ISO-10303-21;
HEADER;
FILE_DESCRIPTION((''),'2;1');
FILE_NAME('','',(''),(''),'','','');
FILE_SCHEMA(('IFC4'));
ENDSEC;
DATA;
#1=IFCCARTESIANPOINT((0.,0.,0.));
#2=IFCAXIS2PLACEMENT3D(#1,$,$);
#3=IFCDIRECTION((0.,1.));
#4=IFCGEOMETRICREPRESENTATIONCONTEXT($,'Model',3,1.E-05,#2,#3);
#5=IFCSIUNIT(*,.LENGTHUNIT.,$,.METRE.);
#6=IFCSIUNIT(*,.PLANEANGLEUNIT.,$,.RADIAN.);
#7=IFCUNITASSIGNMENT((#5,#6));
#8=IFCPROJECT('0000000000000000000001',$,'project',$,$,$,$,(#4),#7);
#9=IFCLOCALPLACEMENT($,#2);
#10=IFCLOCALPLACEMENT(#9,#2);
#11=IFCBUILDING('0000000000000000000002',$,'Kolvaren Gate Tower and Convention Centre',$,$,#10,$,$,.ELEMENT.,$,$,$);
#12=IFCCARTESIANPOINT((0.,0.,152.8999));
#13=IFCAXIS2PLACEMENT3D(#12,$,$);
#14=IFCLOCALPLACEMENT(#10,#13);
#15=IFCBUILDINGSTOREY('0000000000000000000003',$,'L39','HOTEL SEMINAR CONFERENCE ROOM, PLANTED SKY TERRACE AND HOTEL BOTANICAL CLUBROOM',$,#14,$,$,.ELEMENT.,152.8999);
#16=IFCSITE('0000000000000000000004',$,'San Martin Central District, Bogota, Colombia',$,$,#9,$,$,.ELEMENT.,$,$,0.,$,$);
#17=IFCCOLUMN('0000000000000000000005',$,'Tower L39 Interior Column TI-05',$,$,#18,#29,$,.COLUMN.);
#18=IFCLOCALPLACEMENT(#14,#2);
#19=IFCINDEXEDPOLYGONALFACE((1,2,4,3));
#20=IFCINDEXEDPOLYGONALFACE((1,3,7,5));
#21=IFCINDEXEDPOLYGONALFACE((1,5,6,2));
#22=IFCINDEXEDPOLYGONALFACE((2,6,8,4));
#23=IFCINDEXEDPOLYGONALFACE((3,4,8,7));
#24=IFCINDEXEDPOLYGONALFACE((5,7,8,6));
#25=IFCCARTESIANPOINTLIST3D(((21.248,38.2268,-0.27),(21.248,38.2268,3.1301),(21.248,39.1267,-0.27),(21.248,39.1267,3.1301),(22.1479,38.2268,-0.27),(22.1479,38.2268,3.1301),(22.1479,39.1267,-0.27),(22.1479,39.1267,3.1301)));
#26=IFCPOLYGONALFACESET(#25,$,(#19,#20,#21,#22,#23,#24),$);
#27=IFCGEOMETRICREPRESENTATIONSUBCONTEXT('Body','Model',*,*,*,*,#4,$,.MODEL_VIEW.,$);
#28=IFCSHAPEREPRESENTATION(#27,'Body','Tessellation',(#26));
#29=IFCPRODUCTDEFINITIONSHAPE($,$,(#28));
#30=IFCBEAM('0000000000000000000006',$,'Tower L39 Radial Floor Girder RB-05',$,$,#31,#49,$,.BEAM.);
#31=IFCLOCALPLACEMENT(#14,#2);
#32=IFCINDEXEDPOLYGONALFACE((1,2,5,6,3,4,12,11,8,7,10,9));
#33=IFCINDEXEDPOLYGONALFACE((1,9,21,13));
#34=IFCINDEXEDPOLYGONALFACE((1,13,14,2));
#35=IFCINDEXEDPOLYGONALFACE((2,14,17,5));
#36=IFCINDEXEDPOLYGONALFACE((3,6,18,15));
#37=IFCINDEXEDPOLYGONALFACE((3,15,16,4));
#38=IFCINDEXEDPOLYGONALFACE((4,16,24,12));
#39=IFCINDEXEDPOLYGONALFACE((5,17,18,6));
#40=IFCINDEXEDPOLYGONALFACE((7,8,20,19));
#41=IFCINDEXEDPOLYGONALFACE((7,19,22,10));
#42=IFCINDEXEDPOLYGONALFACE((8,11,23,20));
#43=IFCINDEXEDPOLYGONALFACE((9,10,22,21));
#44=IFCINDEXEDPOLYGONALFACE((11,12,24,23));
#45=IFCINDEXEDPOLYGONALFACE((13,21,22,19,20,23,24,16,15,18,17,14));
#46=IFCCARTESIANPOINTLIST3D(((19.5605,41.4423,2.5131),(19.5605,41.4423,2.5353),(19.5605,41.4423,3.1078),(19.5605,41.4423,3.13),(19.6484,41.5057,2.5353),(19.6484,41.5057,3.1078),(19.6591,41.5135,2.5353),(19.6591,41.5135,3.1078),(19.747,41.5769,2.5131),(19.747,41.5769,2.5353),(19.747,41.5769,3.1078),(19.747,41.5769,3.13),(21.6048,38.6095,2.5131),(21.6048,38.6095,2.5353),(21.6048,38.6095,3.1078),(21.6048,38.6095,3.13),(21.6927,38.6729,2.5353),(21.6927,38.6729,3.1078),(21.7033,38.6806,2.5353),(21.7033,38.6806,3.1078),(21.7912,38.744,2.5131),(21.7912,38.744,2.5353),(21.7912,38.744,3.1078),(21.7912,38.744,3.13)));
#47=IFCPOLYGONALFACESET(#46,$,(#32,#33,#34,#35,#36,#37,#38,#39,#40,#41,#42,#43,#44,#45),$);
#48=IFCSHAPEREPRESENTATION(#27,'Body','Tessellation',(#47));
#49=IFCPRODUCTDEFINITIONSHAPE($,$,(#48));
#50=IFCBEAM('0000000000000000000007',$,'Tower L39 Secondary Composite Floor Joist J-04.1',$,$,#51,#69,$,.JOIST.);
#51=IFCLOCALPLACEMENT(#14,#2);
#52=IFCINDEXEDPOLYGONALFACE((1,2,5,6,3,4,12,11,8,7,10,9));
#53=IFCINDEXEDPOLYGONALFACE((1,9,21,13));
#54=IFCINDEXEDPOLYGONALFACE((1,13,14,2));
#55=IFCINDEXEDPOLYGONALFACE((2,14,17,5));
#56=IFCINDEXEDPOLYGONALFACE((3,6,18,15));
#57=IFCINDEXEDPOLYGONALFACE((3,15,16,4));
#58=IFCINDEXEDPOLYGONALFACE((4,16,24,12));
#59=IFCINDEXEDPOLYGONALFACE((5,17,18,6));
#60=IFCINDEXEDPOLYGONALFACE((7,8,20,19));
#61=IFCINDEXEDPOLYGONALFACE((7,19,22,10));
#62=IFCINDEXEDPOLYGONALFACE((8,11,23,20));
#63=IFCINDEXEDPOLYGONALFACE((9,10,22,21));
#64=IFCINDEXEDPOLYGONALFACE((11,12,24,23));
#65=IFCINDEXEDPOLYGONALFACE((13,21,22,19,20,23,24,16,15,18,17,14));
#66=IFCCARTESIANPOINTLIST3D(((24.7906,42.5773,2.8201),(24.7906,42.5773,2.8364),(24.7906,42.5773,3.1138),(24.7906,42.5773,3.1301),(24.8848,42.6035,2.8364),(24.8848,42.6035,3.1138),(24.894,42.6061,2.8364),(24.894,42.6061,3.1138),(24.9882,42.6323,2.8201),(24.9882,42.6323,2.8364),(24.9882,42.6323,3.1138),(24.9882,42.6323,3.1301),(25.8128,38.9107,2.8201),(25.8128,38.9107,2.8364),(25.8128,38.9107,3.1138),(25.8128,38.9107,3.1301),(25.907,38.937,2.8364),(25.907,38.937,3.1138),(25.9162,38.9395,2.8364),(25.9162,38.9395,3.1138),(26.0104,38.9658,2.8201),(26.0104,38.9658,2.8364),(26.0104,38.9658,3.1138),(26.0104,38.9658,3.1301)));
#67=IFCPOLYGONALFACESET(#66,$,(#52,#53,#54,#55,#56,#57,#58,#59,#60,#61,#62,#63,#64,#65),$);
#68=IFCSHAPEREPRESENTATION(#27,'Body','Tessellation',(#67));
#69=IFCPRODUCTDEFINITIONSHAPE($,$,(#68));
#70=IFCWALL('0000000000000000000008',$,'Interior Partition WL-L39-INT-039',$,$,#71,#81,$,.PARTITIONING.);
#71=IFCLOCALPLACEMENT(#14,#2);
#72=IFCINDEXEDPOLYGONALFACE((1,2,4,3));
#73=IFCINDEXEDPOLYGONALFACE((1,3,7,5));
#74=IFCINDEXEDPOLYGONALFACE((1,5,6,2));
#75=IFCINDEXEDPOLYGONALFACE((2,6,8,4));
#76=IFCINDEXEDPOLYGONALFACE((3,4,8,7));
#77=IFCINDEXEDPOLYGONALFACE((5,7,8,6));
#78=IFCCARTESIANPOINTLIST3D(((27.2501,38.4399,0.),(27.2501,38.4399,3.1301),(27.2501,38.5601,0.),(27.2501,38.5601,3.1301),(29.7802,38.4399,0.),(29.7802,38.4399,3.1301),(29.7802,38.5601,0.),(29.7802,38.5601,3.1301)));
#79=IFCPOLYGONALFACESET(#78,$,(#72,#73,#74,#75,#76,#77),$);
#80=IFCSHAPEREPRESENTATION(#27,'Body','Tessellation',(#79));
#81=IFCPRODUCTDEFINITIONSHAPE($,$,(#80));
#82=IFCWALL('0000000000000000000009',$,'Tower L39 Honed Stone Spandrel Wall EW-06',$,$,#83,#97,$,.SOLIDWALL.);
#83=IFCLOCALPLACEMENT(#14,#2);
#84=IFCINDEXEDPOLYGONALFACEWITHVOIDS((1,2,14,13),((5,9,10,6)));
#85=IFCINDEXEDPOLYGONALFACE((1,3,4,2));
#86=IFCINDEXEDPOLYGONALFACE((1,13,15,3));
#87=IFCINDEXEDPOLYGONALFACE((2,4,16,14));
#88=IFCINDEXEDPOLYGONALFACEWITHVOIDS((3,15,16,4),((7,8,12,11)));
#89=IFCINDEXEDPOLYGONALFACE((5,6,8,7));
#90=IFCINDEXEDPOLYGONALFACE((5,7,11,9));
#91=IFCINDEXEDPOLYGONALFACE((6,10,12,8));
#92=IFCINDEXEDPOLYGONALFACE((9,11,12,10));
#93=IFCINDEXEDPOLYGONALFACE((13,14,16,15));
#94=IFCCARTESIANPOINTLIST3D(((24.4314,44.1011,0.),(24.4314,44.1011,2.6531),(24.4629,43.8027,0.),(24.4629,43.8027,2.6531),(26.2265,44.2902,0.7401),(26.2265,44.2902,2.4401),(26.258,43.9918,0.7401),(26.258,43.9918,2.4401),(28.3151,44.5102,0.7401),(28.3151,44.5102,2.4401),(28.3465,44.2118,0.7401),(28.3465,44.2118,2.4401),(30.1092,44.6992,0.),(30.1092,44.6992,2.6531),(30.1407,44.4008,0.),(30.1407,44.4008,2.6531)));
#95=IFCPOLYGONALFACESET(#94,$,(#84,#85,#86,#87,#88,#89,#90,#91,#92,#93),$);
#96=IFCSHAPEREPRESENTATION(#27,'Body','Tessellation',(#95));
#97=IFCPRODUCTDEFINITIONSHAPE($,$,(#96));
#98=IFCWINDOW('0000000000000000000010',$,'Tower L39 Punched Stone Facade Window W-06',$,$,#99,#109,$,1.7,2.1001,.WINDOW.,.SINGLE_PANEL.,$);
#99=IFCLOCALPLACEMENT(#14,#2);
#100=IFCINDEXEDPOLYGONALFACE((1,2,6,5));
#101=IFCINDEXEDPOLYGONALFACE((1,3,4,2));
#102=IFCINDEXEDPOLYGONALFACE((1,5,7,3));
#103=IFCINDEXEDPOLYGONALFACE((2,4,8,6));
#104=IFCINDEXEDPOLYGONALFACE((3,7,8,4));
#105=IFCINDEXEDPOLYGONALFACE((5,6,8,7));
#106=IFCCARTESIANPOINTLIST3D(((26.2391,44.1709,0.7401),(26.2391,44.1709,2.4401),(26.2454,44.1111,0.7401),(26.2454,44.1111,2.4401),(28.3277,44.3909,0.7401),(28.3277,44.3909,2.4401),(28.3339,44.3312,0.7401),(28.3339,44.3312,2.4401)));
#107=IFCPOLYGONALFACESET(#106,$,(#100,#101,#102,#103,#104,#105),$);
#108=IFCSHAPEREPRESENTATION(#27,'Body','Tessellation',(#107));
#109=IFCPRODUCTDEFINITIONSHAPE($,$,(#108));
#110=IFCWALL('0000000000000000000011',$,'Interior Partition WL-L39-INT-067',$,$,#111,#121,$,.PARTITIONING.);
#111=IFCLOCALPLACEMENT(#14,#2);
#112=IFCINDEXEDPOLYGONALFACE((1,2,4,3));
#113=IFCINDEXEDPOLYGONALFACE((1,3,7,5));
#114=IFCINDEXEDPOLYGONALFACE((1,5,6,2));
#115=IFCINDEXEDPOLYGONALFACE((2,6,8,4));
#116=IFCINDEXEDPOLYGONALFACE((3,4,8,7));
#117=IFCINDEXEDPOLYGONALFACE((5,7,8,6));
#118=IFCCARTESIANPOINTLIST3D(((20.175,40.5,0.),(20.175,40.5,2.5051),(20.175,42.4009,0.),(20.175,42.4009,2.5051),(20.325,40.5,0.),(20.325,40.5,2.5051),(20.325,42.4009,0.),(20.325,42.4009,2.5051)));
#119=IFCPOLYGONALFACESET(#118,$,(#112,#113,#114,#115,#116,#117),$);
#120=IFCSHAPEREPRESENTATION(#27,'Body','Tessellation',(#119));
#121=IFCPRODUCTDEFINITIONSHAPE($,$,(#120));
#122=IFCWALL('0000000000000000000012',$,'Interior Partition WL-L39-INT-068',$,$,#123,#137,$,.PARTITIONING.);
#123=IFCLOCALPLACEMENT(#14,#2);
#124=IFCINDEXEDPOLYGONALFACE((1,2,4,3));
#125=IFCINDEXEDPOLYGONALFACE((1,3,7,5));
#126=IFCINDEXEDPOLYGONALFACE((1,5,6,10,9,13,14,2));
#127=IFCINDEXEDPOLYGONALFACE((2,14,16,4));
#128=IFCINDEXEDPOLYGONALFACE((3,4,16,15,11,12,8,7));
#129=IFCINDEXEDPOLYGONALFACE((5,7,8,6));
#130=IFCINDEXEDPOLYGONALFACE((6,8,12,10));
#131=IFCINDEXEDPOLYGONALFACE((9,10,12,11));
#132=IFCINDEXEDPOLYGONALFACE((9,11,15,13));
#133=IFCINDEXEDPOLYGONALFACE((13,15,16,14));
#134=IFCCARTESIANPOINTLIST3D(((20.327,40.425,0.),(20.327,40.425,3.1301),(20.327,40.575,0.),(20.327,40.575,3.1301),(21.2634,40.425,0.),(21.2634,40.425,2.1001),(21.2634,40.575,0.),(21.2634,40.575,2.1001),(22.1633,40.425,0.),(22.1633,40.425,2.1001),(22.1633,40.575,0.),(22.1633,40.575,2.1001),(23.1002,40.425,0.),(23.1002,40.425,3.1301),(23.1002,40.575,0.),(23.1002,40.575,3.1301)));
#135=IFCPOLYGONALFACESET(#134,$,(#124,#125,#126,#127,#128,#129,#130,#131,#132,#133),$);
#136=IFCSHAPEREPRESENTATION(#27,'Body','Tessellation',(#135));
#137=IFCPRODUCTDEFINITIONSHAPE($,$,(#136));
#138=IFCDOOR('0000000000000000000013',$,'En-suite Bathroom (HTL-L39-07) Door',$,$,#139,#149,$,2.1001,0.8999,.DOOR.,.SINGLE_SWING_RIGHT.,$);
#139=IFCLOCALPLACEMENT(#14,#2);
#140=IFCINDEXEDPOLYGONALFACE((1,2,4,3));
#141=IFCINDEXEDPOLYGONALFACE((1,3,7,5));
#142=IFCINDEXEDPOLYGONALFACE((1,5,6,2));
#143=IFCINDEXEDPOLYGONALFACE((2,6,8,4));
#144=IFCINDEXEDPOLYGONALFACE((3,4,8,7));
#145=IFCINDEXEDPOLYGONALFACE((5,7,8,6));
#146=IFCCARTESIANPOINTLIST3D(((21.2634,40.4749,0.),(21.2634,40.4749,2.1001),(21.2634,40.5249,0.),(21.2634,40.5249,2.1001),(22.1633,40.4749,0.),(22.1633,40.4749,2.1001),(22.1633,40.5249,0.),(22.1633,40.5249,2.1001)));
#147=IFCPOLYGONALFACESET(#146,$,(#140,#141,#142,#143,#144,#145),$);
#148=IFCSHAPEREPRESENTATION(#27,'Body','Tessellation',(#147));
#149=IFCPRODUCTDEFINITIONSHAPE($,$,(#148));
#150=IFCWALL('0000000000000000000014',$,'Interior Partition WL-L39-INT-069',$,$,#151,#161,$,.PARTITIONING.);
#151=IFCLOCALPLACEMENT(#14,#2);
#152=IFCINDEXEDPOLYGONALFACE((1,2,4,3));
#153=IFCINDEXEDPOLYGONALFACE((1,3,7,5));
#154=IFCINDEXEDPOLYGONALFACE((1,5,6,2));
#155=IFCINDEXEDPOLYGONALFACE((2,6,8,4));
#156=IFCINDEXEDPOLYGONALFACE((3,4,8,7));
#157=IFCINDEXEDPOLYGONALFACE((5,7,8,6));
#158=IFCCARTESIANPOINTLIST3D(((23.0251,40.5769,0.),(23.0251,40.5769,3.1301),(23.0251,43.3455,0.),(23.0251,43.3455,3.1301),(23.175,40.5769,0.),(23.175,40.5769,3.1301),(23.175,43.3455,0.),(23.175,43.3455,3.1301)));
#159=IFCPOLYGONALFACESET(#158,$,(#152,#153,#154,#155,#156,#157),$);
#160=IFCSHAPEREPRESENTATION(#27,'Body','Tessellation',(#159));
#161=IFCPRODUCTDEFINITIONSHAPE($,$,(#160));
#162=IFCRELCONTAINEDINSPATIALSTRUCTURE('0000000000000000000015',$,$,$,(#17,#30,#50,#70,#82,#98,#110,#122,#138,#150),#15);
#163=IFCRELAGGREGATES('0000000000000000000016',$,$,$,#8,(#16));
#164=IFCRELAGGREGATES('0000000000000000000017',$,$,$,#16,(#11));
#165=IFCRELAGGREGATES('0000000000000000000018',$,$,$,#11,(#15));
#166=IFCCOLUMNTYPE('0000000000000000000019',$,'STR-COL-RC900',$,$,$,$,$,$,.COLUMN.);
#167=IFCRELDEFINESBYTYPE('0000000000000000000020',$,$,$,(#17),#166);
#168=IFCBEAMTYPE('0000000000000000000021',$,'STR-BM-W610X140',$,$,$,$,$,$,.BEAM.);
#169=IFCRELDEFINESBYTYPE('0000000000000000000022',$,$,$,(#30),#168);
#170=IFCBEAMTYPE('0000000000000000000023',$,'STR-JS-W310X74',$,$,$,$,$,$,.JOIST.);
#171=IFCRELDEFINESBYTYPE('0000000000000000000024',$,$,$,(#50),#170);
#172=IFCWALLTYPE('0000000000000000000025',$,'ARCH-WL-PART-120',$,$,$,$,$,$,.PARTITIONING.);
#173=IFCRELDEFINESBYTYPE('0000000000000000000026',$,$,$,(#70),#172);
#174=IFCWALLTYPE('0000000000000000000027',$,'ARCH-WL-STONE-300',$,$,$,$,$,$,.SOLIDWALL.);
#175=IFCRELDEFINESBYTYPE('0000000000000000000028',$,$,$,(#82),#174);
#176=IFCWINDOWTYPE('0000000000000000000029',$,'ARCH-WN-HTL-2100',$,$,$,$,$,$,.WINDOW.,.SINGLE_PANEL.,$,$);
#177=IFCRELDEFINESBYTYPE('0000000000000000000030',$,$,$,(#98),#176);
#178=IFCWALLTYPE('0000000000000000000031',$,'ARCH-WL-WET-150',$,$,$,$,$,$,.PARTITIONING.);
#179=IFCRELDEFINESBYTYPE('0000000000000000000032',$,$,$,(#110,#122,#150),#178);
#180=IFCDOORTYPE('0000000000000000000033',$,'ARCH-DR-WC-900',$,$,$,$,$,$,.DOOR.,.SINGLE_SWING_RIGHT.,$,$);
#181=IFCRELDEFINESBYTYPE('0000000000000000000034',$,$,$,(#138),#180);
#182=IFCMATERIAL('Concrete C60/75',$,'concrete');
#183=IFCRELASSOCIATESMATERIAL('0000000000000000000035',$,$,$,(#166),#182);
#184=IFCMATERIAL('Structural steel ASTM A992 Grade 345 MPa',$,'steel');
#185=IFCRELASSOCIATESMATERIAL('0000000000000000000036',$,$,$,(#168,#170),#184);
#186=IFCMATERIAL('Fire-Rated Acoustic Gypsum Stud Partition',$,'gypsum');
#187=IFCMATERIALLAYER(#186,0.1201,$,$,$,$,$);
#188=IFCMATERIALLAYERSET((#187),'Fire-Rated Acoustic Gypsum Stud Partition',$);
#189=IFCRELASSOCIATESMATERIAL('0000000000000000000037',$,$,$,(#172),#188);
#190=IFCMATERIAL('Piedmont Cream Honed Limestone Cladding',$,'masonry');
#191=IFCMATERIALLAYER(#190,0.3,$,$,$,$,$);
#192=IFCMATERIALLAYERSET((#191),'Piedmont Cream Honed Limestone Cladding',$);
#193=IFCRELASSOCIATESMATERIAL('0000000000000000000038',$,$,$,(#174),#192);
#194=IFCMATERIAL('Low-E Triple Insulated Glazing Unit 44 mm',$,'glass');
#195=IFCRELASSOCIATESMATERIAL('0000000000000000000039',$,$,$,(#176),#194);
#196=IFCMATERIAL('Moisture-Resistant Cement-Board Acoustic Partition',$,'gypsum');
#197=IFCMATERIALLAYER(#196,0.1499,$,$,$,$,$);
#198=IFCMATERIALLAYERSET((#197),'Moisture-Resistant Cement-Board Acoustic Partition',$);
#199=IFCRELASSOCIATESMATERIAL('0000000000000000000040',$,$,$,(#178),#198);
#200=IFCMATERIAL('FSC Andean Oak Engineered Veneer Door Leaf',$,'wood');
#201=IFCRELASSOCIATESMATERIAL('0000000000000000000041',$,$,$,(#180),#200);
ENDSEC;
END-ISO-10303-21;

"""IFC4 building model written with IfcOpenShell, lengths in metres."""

from ifc_helpers import new_model, si_unit, direction, frame, frame_2d, origin, origin_2d, place, context, subcontext, project, spatial, rectangle, i_section, extrude, material, layer, layer_set, material_profile, profile_set, type_object, element, fill, save


model = new_model("IFC4")

# Units and contexts
model_context = context("Model", 3, precision=1e-05, world=origin(), true_north=direction((0.0, 1.0)))
body_context = subcontext(model_context, "Body", "Model", "MODEL_VIEW")
ifc_project = project(units=[si_unit("LENGTHUNIT", "METRE"), si_unit("PLANEANGLEUNIT", "RADIAN")], contexts=[model_context])

# Site, building, storey
site_placement = place(None, origin())
site = spatial("IfcSite", under=ifc_project, at=site_placement, Name="San Martin Central District, Bogota, Colombia", CompositionType="ELEMENT", RefElevation=0.0)
building_placement = place(site_placement, origin())
building = spatial("IfcBuilding", under=site, at=building_placement, Name="Kolvaren Gate Tower and Convention Centre", CompositionType="ELEMENT")
storey_placement = place(building_placement, frame((0.0, 0.0, 152.8999)))
storey = spatial("IfcBuildingStorey", under=building, at=storey_placement, Name="L39", Description="HOTEL SEMINAR CONFERENCE ROOM, PLANTED SKY TERRACE AND HOTEL BOTANICAL CLUBROOM", CompositionType="ELEMENT", Elevation=152.8999)

# Column
ifc_material_1 = material(Name="Concrete C60/75", Category="concrete")
ifc_material_profile_1 = material_profile(ifc_material_1, rectangle(XDim=0.8999, YDim=0.8999, at=origin_2d()), Name="RC-COL-900X900")
ifc_profile_set_1 = profile_set([ifc_material_profile_1], Name="Concrete C60/75")
column_type = type_object("IfcColumnType", Name="STR-COL-RC900", PredefinedType="COLUMN", material=ifc_profile_set_1)
column_placement = place(storey_placement, frame((21.698, 38.6768, -0.27), z_axis=(0.0, 0.0, 1.0), x_axis=(1.0, 0.0, 0.0)))
element("IfcColumn", 1, at=column_placement, inside=storey, type_object=column_type, Name="Tower L39 Interior Column TI-05", PredefinedType="COLUMN", context=body_context, shape_type="SweptSolid", body=[
    extrude(rectangle(XDim=0.8999, YDim=0.8999, at=origin_2d()), origin(), (0.0, 0.0, 1.0), 3.4001),
])

# Beams
ifc_material_2 = material(Name="Structural steel ASTM A992 Grade 345 MPa", Category="steel")
ifc_material_profile_2 = material_profile(ifc_material_2, i_section(OverallWidth=0.23, OverallDepth=0.6169, WebThickness=0.0132, FlangeThickness=0.0222, at=origin_2d()), Name="W610X140")
ifc_profile_set_2 = profile_set([ifc_material_profile_2], Name="Structural steel ASTM A992 Grade 345 MPa")
beam_type_1 = type_object("IfcBeamType", Name="STR-BM-W610X140", PredefinedType="BEAM", material=ifc_profile_set_2)
beam_1_placement = place(storey_placement, frame((21.698, 38.6768, 2.8215), z_axis=(-0.585172, 0.81091, 0.0), x_axis=(-0.81091, -0.585172, 0.0)))
element("IfcBeam", 2, at=beam_1_placement, inside=storey, type_object=beam_type_1, Name="Tower L39 Radial Floor Girder RB-05", PredefinedType="BEAM", context=body_context, shape_type="SweptSolid", body=[
    extrude(i_section(OverallWidth=0.23, OverallDepth=0.6169, WebThickness=0.0132, FlangeThickness=0.0222, at=origin_2d()), origin(), (0.0, 0.0, 1.0), 3.4934),
])
ifc_material_profile_3 = material_profile(ifc_material_2, i_section(OverallWidth=0.2051, OverallDepth=0.3101, WebThickness=0.0095, FlangeThickness=0.0164, at=origin_2d()), Name="W310X74")
ifc_profile_set_3 = profile_set([ifc_material_profile_3], Name="Structural steel ASTM A992 Grade 345 MPa")
beam_type_2 = type_object("IfcBeamType", Name="STR-JS-W310X74", PredefinedType="JOIST", material=ifc_profile_set_3)
beam_2_placement = place(storey_placement, frame((25.9116, 38.9382, 2.9751), z_axis=(-0.268557, 0.963264, 0.0), x_axis=(-0.963264, -0.268557, 0.0)))
element("IfcBeam", 3, at=beam_2_placement, inside=storey, type_object=beam_type_2, Name="Tower L39 Secondary Composite Floor Joist J-04.1", PredefinedType="JOIST", context=body_context, shape_type="SweptSolid", body=[
    extrude(i_section(OverallWidth=0.2051, OverallDepth=0.3101, WebThickness=0.0095, FlangeThickness=0.0164, at=origin_2d()), origin(), (0.0, 0.0, 1.0), 3.8064),
])

# Wall
ifc_material_3 = material(Name="Fire-Rated Acoustic Gypsum Stud Partition", Category="gypsum")
ifc_layer_1 = layer(ifc_material_3, 0.1201)
ifc_layer_set_1 = layer_set([ifc_layer_1], Name="Fire-Rated Acoustic Gypsum Stud Partition")
wall_type_1 = type_object("IfcWallType", Name="ARCH-WL-PART-120", PredefinedType="PARTITIONING", material=ifc_layer_set_1)
wall_1_placement = place(storey_placement, frame((27.25, 38.5, 0.0), z_axis=(0.0, 0.0, 1.0), x_axis=(1.0, 0.0, 0.0)))
element("IfcWall", 4, at=wall_1_placement, inside=storey, type_object=wall_type_1, Name="Interior Partition WL-L39-INT-039", PredefinedType="PARTITIONING", context=body_context, shape_type="SweptSolid", body=[
    extrude(rectangle(XDim=2.53, YDim=0.1201, at=frame_2d((1.2651, 0.0))), origin(), (0.0, 0.0, 1.0), 3.1301),
])

# Wall, opening, window
ifc_material_4 = material(Name="Piedmont Cream Honed Limestone Cladding", Category="masonry")
ifc_layer_2 = layer(ifc_material_4, 0.3)
ifc_layer_set_2 = layer_set([ifc_layer_2], Name="Piedmont Cream Honed Limestone Cladding")
wall_type_2 = type_object("IfcWallType", Name="ARCH-WL-STONE-300", PredefinedType="SOLIDWALL", material=ifc_layer_set_2)
wall_2_placement = place(storey_placement, frame((24.4473, 43.9519, 0.0), z_axis=(0.0, 0.0, 1.0), x_axis=(0.994497, 0.104769, 0.0)))
wall_2 = element("IfcWall", 5, at=wall_2_placement, inside=storey, type_object=wall_type_2, Name="Tower L39 Honed Stone Spandrel Wall EW-06", PredefinedType="SOLIDWALL", context=body_context, shape_type="SweptSolid", body=[
    extrude(rectangle(XDim=5.7092, YDim=0.3, at=frame_2d((2.8545, 0.0))), origin(), (0.0, 0.0, 1.0), 2.6531),
])
opening_1_placement = place(wall_2_placement, frame((1.8049, 0.0, 0.74)))
opening_1 = element("IfcOpeningElement", 6, at=opening_1_placement, cuts=wall_2, PredefinedType="OPENING", context=body_context, shape_type="SweptSolid", body=[
    extrude(rectangle(XDim=2.1001, YDim=1.7, at=frame_2d((1.05, 0.8501))), frame((0.0, 0.1599, 0.0), z_axis=(0.0, -1.0, 0.0), x_axis=(1.0, 0.0, 0.0)), (0.0, 0.0, 1.0), 0.3201),
])
ifc_material_5 = material(Name="Low-E Triple Insulated Glazing Unit 44 mm", Category="glass")
window_type = type_object("IfcWindowType", Name="ARCH-WN-HTL-2100", PartitioningType="SINGLE_PANEL", PredefinedType="WINDOW", material=ifc_material_5)
window_placement = place(opening_1_placement, origin())
window = element("IfcWindow", 7, at=window_placement, inside=storey, type_object=window_type, Name="Tower L39 Punched Stone Facade Window W-06", OverallHeight=1.7, OverallWidth=2.1001, PartitioningType="SINGLE_PANEL", PredefinedType="WINDOW", context=body_context, shape_type="SweptSolid", body=[
    extrude(rectangle(XDim=2.1001, YDim=1.7, at=frame_2d((1.05, 0.8501))), frame((0.0, 0.03, 0.0), z_axis=(0.0, -1.0, 0.0), x_axis=(1.0, 0.0, 0.0)), (0.0, 0.0, 1.0), 0.0601),
])
fill(opening_1, window)

# Wall
ifc_material_6 = material(Name="Moisture-Resistant Cement-Board Acoustic Partition", Category="gypsum")
ifc_layer_3 = layer(ifc_material_6, 0.1499)
ifc_layer_set_3 = layer_set([ifc_layer_3], Name="Moisture-Resistant Cement-Board Acoustic Partition")
wall_type_3 = type_object("IfcWallType", Name="ARCH-WL-WET-150", PredefinedType="PARTITIONING", material=ifc_layer_set_3)
wall_3_placement = place(storey_placement, frame((20.25, 40.5, 0.0), z_axis=(0.0, 0.0, 1.0), x_axis=(0.0, 1.0, 0.0)))
element("IfcWall", 8, at=wall_3_placement, inside=storey, type_object=wall_type_3, Name="Interior Partition WL-L39-INT-067", PredefinedType="PARTITIONING", context=body_context, shape_type="SweptSolid", body=[
    extrude(rectangle(XDim=1.9009, YDim=0.1499, at=frame_2d((0.9504, 0.0))), origin(), (0.0, 0.0, 1.0), 2.5051),
])

# Wall, opening, door
wall_4_placement = place(storey_placement, frame((20.3269, 40.5, 0.0), z_axis=(0.0, 0.0, 1.0), x_axis=(1.0, 0.0, 0.0)))
wall_4 = element("IfcWall", 9, at=wall_4_placement, inside=storey, type_object=wall_type_3, Name="Interior Partition WL-L39-INT-068", PredefinedType="PARTITIONING", context=body_context, shape_type="SweptSolid", body=[
    extrude(rectangle(XDim=2.7732, YDim=0.1499, at=frame_2d((1.3867, 0.0))), origin(), (0.0, 0.0, 1.0), 3.1301),
])
opening_2_placement = place(wall_4_placement, frame((0.9365, 0.0, 0.0)))
opening_2 = element("IfcOpeningElement", 10, at=opening_2_placement, cuts=wall_4, PredefinedType="OPENING", context=body_context, shape_type="SweptSolid", body=[
    extrude(rectangle(XDim=0.8999, YDim=2.1001, at=frame_2d((0.45, 1.05))), frame((0.0, 0.085, 0.0), z_axis=(0.0, -1.0, 0.0), x_axis=(1.0, 0.0, 0.0)), (0.0, 0.0, 1.0), 0.1699),
])
ifc_material_7 = material(Name="FSC Andean Oak Engineered Veneer Door Leaf", Category="wood")
door_type_1 = type_object("IfcDoorType", Name="ARCH-DR-WC-900", OperationType="SINGLE_SWING_RIGHT", PredefinedType="DOOR", material=ifc_material_7)
door_1_placement = place(opening_2_placement, origin())
door_1 = element("IfcDoor", 11, at=door_1_placement, inside=storey, type_object=door_type_1, Name="En-suite Bathroom (HTL-L39-07) Door", OperationType="SINGLE_SWING_RIGHT", OverallHeight=2.1001, OverallWidth=0.8999, PredefinedType="DOOR", context=body_context, shape_type="SweptSolid", body=[
    extrude(rectangle(XDim=0.8999, YDim=2.1001, at=frame_2d((0.45, 1.05))), frame((0.0, 0.0249, 0.0), z_axis=(0.0, -1.0, 0.0), x_axis=(1.0, 0.0, 0.0)), (0.0, 0.0, 1.0), 0.05),
])
fill(opening_2, door_1)

# Wall
wall_5_placement = place(storey_placement, frame((23.1001, 40.5769, 0.0), z_axis=(0.0, 0.0, 1.0), x_axis=(0.0, 1.0, 0.0)))
element("IfcWall", 12, at=wall_5_placement, inside=storey, type_object=wall_type_3, Name="Interior Partition WL-L39-INT-069", PredefinedType="PARTITIONING", context=body_context, shape_type="SweptSolid", body=[
    extrude(rectangle(XDim=2.7686, YDim=0.1499, at=frame_2d((1.3843, 0.0))), origin(), (0.0, 0.0, 1.0), 3.1301),
])

save(model, "model.ifc")
